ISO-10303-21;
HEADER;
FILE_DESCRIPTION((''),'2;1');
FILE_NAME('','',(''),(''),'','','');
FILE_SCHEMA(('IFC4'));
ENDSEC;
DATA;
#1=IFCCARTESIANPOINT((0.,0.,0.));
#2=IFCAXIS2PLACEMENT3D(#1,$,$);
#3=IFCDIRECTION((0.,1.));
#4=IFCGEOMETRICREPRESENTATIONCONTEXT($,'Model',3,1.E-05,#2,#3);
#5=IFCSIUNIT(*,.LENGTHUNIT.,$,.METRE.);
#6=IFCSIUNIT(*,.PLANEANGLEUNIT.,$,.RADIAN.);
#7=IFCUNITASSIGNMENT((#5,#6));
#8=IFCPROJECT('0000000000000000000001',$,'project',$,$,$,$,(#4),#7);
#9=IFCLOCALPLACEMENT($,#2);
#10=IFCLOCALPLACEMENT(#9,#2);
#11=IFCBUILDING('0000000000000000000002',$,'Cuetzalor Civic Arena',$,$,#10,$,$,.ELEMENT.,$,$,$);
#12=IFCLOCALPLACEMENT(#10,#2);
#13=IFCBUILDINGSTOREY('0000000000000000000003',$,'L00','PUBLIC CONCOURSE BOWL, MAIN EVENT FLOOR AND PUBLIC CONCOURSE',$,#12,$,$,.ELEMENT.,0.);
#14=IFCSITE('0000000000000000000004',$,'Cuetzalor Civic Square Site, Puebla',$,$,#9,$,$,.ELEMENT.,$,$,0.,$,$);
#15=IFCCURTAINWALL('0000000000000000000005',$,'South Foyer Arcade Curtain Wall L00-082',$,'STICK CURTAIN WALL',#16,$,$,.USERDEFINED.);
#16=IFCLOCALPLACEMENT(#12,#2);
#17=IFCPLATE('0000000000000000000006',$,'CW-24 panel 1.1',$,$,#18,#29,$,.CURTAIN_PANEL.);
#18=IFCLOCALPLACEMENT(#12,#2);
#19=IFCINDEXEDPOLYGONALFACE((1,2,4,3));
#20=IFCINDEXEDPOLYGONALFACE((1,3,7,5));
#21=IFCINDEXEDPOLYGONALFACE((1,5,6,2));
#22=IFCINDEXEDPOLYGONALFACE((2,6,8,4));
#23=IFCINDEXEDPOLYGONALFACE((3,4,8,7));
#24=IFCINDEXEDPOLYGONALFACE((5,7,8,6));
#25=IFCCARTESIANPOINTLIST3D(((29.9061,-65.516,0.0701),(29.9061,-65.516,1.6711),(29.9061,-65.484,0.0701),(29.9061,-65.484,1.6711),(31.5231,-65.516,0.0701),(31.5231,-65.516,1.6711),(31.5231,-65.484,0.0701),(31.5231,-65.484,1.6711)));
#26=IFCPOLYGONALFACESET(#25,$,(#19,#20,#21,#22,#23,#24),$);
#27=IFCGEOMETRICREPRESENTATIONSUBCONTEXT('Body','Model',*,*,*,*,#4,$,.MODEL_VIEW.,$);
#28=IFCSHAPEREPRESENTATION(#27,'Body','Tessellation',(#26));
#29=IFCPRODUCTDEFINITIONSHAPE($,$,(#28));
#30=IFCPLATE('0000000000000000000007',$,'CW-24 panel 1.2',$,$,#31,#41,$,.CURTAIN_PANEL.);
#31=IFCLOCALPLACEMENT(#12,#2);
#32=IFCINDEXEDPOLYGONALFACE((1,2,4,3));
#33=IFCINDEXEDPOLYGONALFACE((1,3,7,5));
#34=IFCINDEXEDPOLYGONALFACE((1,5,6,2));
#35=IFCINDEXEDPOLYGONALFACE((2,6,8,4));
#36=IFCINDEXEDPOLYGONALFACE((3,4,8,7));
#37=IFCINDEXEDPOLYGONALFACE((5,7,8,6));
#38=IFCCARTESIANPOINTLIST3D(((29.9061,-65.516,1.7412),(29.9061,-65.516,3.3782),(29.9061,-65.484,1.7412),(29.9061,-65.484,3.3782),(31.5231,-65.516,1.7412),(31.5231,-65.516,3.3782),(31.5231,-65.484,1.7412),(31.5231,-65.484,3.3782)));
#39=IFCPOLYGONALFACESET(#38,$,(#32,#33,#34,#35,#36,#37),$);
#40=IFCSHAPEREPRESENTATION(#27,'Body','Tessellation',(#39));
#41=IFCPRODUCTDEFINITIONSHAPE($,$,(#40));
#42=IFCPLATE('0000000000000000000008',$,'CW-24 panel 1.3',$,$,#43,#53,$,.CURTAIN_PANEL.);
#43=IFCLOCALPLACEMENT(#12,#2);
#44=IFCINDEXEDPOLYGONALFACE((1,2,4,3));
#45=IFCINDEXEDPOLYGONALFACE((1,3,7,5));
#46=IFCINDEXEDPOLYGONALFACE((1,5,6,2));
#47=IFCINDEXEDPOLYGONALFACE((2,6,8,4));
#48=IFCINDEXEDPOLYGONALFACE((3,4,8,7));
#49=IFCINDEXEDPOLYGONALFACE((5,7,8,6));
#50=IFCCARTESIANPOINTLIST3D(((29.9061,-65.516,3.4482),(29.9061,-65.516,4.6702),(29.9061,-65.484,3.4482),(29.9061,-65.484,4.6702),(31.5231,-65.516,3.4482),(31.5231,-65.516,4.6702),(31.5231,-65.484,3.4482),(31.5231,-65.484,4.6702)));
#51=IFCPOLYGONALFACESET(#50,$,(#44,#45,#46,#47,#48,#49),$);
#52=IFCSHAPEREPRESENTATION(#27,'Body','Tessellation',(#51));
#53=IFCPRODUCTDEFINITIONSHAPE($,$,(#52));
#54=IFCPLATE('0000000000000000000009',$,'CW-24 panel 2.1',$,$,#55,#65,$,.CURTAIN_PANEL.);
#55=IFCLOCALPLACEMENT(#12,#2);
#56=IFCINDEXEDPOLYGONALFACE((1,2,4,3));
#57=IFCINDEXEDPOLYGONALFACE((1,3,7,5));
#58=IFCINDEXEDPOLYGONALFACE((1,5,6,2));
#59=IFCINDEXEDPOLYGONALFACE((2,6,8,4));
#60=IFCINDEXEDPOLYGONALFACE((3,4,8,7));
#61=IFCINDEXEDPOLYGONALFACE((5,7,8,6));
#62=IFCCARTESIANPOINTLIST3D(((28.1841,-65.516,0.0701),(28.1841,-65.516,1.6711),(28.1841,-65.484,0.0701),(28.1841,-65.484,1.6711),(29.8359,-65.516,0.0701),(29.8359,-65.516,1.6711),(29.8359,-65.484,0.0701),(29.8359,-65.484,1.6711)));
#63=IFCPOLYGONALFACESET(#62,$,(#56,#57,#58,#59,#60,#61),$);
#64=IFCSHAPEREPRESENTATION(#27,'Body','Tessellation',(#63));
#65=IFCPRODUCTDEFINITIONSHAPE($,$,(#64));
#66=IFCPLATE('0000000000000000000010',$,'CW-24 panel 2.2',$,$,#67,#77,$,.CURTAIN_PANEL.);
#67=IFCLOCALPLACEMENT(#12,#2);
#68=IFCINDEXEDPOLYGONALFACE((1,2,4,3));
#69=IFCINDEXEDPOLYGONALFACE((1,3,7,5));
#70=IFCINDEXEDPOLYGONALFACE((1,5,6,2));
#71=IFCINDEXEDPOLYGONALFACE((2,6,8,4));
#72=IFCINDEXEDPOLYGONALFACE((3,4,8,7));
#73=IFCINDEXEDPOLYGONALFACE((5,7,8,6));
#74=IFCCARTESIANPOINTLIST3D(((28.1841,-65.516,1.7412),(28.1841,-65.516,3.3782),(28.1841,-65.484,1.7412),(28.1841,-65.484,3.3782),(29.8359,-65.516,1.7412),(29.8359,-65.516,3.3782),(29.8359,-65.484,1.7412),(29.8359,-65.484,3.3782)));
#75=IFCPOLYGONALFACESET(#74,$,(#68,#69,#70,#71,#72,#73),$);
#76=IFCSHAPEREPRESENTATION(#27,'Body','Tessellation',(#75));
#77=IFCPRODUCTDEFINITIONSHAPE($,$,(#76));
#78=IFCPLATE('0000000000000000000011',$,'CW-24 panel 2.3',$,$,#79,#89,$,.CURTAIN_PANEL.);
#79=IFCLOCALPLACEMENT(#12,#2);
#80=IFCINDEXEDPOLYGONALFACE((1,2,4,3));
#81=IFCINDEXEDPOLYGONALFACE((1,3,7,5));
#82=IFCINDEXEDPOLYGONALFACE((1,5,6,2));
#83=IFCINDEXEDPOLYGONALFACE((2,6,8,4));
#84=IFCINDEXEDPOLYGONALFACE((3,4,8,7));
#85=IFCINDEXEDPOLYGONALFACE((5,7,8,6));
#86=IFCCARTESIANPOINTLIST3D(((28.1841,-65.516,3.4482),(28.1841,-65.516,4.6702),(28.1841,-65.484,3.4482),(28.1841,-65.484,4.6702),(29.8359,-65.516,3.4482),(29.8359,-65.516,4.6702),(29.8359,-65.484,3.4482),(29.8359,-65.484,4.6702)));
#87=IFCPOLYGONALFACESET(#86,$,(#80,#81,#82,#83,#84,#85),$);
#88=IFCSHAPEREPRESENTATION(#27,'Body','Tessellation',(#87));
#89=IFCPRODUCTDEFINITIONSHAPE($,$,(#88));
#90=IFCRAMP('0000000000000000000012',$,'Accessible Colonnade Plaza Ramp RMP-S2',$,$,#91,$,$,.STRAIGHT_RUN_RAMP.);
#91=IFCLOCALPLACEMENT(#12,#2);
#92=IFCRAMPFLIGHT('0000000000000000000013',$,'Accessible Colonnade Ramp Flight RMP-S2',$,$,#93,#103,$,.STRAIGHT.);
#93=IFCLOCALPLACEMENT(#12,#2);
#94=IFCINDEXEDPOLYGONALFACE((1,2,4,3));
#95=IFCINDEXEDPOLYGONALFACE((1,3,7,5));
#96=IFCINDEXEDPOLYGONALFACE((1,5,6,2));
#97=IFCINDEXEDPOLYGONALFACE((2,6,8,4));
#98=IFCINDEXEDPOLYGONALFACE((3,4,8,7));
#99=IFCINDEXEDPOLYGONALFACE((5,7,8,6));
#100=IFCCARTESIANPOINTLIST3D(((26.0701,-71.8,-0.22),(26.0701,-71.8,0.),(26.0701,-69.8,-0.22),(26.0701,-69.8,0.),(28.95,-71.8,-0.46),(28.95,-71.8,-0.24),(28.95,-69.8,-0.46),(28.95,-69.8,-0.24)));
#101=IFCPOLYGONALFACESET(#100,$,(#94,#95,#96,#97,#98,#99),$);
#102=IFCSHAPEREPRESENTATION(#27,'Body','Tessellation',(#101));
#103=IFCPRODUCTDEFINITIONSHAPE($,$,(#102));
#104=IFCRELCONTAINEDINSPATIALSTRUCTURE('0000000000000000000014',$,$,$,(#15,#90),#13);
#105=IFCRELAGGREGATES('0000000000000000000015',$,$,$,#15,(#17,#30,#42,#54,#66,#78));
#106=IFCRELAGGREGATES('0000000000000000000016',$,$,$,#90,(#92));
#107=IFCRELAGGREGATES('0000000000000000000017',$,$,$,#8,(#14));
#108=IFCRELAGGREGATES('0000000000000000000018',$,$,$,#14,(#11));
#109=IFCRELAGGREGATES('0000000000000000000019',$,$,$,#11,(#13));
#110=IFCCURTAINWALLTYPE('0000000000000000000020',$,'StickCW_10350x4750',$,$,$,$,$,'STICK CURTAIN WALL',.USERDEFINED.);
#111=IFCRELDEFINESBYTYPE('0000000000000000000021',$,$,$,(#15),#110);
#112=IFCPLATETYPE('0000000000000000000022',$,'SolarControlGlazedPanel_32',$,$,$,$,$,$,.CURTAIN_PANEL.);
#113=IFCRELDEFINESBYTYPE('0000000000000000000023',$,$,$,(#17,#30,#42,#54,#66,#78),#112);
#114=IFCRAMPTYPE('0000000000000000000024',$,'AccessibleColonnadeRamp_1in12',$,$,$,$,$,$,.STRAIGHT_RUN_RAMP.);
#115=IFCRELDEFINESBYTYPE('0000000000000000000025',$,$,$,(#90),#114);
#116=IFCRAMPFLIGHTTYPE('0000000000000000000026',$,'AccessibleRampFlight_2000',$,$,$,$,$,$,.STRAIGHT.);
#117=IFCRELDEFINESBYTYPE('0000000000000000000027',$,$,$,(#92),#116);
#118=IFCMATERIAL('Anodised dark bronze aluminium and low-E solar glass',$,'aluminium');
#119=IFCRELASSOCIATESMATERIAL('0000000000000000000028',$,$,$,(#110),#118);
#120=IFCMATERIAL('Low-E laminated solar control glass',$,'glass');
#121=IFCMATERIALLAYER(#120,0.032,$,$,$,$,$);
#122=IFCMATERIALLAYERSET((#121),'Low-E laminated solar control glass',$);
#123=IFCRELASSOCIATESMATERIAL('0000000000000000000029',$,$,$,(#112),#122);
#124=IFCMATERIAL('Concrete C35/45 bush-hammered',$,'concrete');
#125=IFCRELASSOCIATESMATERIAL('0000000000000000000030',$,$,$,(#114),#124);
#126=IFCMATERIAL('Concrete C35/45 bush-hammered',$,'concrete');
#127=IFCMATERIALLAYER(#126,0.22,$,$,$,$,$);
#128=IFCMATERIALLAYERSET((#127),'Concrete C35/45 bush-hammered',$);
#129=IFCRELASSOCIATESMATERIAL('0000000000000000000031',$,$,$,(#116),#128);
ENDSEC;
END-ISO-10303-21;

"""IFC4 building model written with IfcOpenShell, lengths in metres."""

from ifc_helpers import new_model, si_unit, direction, frame, origin, origin_2d, place, context, subcontext, project, spatial, polyline, rectangle, outline, extrude, material, layer, layer_set, type_object, element, aggregate, save


model = new_model("IFC4")

# Units and contexts
model_context = context("Model", 3, precision=1e-05, world=origin(), true_north=direction((0.0, 1.0)))
body_context = subcontext(model_context, "Body", "Model", "MODEL_VIEW")
ifc_project = project(units=[si_unit("LENGTHUNIT", "METRE"), si_unit("PLANEANGLEUNIT", "RADIAN")], contexts=[model_context])

# Site, building, storey
site_placement = place(None, origin())
site = spatial("IfcSite", under=ifc_project, at=site_placement, Name="Cuetzalor Civic Square Site, Puebla", CompositionType="ELEMENT", RefElevation=0.0)
building_placement = place(site_placement, origin())
building = spatial("IfcBuilding", under=site, at=building_placement, Name="Cuetzalor Civic Arena", CompositionType="ELEMENT")
storey_placement = place(building_placement, origin())
storey = spatial("IfcBuildingStorey", under=building, at=storey_placement, Name="L00", Description="PUBLIC CONCOURSE BOWL, MAIN EVENT FLOOR AND PUBLIC CONCOURSE", CompositionType="ELEMENT", Elevation=0.0)

# Curtain wall
ifc_material_1 = material(Name="Anodised dark bronze aluminium and low-E solar glass", Category="aluminium")
curtain_wall_type = type_object("IfcCurtainWallType", Name="StickCW_10350x4750", ElementType="STICK CURTAIN WALL", PredefinedType="USERDEFINED", material=ifc_material_1)
curtain_wall_placement = place(storey_placement, origin())
curtain_wall = element("IfcCurtainWall", 1, at=curtain_wall_placement, inside=storey, type_object=curtain_wall_type, Name="South Foyer Arcade Curtain Wall L00-082", ObjectType="STICK CURTAIN WALL", PredefinedType="USERDEFINED")

# Plates
ifc_material_2 = material(Name="Low-E laminated solar control glass", Category="glass")
ifc_layer_1 = layer(ifc_material_2, 0.032)
ifc_layer_set_1 = layer_set([ifc_layer_1], Name="Low-E laminated solar control glass")
plate_type = type_object("IfcPlateType", Name="SolarControlGlazedPanel_32", PredefinedType="CURTAIN_PANEL", material=ifc_layer_set_1)
plate_1_placement = place(storey_placement, frame((30.7146, -65.5, 0.0701), z_axis=(0.0, 0.0, 1.0), x_axis=(-1.0, 0.0, 0.0)))
plate_1 = element("IfcPlate", 2, at=plate_1_placement, type_object=plate_type, Name="CW-24 panel 1.1", PredefinedType="CURTAIN_PANEL", context=body_context, shape_type="SweptSolid", body=[
    extrude(rectangle(XDim=1.6169, YDim=0.032, at=origin_2d()), origin(), (0.0, 0.0, 1.0), 1.6011),
])
plate_2_placement = place(storey_placement, frame((30.7146, -65.5, 1.7412), z_axis=(0.0, 0.0, 1.0), x_axis=(-1.0, 0.0, 0.0)))
plate_2 = element("IfcPlate", 3, at=plate_2_placement, type_object=plate_type, Name="CW-24 panel 1.2", PredefinedType="CURTAIN_PANEL", context=body_context, shape_type="SweptSolid", body=[
    extrude(rectangle(XDim=1.6169, YDim=0.032, at=origin_2d()), origin(), (0.0, 0.0, 1.0), 1.637),
])
plate_3_placement = place(storey_placement, frame((30.7146, -65.5, 3.4482), z_axis=(0.0, 0.0, 1.0), x_axis=(-1.0, 0.0, 0.0)))
plate_3 = element("IfcPlate", 4, at=plate_3_placement, type_object=plate_type, Name="CW-24 panel 1.3", PredefinedType="CURTAIN_PANEL", context=body_context, shape_type="SweptSolid", body=[
    extrude(rectangle(XDim=1.6169, YDim=0.032, at=origin_2d()), origin(), (0.0, 0.0, 1.0), 1.2219),
])
plate_4_placement = place(storey_placement, frame((29.01, -65.5, 0.0701), z_axis=(0.0, 0.0, 1.0), x_axis=(-1.0, 0.0, 0.0)))
plate_4 = element("IfcPlate", 5, at=plate_4_placement, type_object=plate_type, Name="CW-24 panel 2.1", PredefinedType="CURTAIN_PANEL", context=body_context, shape_type="SweptSolid", body=[
    extrude(rectangle(XDim=1.6519, YDim=0.032, at=origin_2d()), origin(), (0.0, 0.0, 1.0), 1.6011),
])
plate_5_placement = place(storey_placement, frame((29.01, -65.5, 1.7412), z_axis=(0.0, 0.0, 1.0), x_axis=(-1.0, 0.0, 0.0)))
plate_5 = element("IfcPlate", 6, at=plate_5_placement, type_object=plate_type, Name="CW-24 panel 2.2", PredefinedType="CURTAIN_PANEL", context=body_context, shape_type="SweptSolid", body=[
    extrude(rectangle(XDim=1.6519, YDim=0.032, at=origin_2d()), origin(), (0.0, 0.0, 1.0), 1.637),
])
plate_6_placement = place(storey_placement, frame((29.01, -65.5, 3.4482), z_axis=(0.0, 0.0, 1.0), x_axis=(-1.0, 0.0, 0.0)))
plate_6 = element("IfcPlate", 7, at=plate_6_placement, type_object=plate_type, Name="CW-24 panel 2.3", PredefinedType="CURTAIN_PANEL", context=body_context, shape_type="SweptSolid", body=[
    extrude(rectangle(XDim=1.6519, YDim=0.032, at=origin_2d()), origin(), (0.0, 0.0, 1.0), 1.2219),
])
aggregate(curtain_wall, [plate_1, plate_2, plate_3, plate_4, plate_5, plate_6])

# Ramp, ramp flight
ifc_material_3 = material(Name="Concrete C35/45 bush-hammered", Category="concrete")
ramp_type = type_object("IfcRampType", Name="AccessibleColonnadeRamp_1in12", PredefinedType="STRAIGHT_RUN_RAMP", material=ifc_material_3)
ramp_placement = place(storey_placement, origin())
ramp = element("IfcRamp", 8, at=ramp_placement, inside=storey, type_object=ramp_type, Name="Accessible Colonnade Plaza Ramp RMP-S2", PredefinedType="STRAIGHT_RUN_RAMP")
ifc_material_4 = material(Name="Concrete C35/45 bush-hammered", Category="concrete")
ifc_layer_2 = layer(ifc_material_4, 0.22)
ifc_layer_set_2 = layer_set([ifc_layer_2], Name="Concrete C35/45 bush-hammered")
ramp_flight_type = type_object("IfcRampFlightType", Name="AccessibleRampFlight_2000", PredefinedType="STRAIGHT", material=ifc_layer_set_2)
ramp_flight_placement = place(storey_placement, frame((28.95, -70.8, -0.24), z_axis=(0.0, 0.0, 1.0), x_axis=(-1.0, 0.0, 0.0)))
ramp_flight = element("IfcRampFlight", 9, at=ramp_flight_placement, type_object=ramp_flight_type, Name="Accessible Colonnade Ramp Flight RMP-S2", PredefinedType="STRAIGHT", context=body_context, shape_type="SweptSolid", body=[
    extrude(outline(polyline([(0.0, 0.0), (2.8799, 0.24), (2.8799, 0.02), (0.0, -0.22), (0.0, 0.0)])), frame((0.0, 1.0, 0.0), z_axis=(0.0, -1.0, 0.0), x_axis=(1.0, 0.0, 0.0)), (0.0, 0.0, 1.0), 2.0),
])
aggregate(ramp, [ramp_flight])

save(model, "model.ifc")
